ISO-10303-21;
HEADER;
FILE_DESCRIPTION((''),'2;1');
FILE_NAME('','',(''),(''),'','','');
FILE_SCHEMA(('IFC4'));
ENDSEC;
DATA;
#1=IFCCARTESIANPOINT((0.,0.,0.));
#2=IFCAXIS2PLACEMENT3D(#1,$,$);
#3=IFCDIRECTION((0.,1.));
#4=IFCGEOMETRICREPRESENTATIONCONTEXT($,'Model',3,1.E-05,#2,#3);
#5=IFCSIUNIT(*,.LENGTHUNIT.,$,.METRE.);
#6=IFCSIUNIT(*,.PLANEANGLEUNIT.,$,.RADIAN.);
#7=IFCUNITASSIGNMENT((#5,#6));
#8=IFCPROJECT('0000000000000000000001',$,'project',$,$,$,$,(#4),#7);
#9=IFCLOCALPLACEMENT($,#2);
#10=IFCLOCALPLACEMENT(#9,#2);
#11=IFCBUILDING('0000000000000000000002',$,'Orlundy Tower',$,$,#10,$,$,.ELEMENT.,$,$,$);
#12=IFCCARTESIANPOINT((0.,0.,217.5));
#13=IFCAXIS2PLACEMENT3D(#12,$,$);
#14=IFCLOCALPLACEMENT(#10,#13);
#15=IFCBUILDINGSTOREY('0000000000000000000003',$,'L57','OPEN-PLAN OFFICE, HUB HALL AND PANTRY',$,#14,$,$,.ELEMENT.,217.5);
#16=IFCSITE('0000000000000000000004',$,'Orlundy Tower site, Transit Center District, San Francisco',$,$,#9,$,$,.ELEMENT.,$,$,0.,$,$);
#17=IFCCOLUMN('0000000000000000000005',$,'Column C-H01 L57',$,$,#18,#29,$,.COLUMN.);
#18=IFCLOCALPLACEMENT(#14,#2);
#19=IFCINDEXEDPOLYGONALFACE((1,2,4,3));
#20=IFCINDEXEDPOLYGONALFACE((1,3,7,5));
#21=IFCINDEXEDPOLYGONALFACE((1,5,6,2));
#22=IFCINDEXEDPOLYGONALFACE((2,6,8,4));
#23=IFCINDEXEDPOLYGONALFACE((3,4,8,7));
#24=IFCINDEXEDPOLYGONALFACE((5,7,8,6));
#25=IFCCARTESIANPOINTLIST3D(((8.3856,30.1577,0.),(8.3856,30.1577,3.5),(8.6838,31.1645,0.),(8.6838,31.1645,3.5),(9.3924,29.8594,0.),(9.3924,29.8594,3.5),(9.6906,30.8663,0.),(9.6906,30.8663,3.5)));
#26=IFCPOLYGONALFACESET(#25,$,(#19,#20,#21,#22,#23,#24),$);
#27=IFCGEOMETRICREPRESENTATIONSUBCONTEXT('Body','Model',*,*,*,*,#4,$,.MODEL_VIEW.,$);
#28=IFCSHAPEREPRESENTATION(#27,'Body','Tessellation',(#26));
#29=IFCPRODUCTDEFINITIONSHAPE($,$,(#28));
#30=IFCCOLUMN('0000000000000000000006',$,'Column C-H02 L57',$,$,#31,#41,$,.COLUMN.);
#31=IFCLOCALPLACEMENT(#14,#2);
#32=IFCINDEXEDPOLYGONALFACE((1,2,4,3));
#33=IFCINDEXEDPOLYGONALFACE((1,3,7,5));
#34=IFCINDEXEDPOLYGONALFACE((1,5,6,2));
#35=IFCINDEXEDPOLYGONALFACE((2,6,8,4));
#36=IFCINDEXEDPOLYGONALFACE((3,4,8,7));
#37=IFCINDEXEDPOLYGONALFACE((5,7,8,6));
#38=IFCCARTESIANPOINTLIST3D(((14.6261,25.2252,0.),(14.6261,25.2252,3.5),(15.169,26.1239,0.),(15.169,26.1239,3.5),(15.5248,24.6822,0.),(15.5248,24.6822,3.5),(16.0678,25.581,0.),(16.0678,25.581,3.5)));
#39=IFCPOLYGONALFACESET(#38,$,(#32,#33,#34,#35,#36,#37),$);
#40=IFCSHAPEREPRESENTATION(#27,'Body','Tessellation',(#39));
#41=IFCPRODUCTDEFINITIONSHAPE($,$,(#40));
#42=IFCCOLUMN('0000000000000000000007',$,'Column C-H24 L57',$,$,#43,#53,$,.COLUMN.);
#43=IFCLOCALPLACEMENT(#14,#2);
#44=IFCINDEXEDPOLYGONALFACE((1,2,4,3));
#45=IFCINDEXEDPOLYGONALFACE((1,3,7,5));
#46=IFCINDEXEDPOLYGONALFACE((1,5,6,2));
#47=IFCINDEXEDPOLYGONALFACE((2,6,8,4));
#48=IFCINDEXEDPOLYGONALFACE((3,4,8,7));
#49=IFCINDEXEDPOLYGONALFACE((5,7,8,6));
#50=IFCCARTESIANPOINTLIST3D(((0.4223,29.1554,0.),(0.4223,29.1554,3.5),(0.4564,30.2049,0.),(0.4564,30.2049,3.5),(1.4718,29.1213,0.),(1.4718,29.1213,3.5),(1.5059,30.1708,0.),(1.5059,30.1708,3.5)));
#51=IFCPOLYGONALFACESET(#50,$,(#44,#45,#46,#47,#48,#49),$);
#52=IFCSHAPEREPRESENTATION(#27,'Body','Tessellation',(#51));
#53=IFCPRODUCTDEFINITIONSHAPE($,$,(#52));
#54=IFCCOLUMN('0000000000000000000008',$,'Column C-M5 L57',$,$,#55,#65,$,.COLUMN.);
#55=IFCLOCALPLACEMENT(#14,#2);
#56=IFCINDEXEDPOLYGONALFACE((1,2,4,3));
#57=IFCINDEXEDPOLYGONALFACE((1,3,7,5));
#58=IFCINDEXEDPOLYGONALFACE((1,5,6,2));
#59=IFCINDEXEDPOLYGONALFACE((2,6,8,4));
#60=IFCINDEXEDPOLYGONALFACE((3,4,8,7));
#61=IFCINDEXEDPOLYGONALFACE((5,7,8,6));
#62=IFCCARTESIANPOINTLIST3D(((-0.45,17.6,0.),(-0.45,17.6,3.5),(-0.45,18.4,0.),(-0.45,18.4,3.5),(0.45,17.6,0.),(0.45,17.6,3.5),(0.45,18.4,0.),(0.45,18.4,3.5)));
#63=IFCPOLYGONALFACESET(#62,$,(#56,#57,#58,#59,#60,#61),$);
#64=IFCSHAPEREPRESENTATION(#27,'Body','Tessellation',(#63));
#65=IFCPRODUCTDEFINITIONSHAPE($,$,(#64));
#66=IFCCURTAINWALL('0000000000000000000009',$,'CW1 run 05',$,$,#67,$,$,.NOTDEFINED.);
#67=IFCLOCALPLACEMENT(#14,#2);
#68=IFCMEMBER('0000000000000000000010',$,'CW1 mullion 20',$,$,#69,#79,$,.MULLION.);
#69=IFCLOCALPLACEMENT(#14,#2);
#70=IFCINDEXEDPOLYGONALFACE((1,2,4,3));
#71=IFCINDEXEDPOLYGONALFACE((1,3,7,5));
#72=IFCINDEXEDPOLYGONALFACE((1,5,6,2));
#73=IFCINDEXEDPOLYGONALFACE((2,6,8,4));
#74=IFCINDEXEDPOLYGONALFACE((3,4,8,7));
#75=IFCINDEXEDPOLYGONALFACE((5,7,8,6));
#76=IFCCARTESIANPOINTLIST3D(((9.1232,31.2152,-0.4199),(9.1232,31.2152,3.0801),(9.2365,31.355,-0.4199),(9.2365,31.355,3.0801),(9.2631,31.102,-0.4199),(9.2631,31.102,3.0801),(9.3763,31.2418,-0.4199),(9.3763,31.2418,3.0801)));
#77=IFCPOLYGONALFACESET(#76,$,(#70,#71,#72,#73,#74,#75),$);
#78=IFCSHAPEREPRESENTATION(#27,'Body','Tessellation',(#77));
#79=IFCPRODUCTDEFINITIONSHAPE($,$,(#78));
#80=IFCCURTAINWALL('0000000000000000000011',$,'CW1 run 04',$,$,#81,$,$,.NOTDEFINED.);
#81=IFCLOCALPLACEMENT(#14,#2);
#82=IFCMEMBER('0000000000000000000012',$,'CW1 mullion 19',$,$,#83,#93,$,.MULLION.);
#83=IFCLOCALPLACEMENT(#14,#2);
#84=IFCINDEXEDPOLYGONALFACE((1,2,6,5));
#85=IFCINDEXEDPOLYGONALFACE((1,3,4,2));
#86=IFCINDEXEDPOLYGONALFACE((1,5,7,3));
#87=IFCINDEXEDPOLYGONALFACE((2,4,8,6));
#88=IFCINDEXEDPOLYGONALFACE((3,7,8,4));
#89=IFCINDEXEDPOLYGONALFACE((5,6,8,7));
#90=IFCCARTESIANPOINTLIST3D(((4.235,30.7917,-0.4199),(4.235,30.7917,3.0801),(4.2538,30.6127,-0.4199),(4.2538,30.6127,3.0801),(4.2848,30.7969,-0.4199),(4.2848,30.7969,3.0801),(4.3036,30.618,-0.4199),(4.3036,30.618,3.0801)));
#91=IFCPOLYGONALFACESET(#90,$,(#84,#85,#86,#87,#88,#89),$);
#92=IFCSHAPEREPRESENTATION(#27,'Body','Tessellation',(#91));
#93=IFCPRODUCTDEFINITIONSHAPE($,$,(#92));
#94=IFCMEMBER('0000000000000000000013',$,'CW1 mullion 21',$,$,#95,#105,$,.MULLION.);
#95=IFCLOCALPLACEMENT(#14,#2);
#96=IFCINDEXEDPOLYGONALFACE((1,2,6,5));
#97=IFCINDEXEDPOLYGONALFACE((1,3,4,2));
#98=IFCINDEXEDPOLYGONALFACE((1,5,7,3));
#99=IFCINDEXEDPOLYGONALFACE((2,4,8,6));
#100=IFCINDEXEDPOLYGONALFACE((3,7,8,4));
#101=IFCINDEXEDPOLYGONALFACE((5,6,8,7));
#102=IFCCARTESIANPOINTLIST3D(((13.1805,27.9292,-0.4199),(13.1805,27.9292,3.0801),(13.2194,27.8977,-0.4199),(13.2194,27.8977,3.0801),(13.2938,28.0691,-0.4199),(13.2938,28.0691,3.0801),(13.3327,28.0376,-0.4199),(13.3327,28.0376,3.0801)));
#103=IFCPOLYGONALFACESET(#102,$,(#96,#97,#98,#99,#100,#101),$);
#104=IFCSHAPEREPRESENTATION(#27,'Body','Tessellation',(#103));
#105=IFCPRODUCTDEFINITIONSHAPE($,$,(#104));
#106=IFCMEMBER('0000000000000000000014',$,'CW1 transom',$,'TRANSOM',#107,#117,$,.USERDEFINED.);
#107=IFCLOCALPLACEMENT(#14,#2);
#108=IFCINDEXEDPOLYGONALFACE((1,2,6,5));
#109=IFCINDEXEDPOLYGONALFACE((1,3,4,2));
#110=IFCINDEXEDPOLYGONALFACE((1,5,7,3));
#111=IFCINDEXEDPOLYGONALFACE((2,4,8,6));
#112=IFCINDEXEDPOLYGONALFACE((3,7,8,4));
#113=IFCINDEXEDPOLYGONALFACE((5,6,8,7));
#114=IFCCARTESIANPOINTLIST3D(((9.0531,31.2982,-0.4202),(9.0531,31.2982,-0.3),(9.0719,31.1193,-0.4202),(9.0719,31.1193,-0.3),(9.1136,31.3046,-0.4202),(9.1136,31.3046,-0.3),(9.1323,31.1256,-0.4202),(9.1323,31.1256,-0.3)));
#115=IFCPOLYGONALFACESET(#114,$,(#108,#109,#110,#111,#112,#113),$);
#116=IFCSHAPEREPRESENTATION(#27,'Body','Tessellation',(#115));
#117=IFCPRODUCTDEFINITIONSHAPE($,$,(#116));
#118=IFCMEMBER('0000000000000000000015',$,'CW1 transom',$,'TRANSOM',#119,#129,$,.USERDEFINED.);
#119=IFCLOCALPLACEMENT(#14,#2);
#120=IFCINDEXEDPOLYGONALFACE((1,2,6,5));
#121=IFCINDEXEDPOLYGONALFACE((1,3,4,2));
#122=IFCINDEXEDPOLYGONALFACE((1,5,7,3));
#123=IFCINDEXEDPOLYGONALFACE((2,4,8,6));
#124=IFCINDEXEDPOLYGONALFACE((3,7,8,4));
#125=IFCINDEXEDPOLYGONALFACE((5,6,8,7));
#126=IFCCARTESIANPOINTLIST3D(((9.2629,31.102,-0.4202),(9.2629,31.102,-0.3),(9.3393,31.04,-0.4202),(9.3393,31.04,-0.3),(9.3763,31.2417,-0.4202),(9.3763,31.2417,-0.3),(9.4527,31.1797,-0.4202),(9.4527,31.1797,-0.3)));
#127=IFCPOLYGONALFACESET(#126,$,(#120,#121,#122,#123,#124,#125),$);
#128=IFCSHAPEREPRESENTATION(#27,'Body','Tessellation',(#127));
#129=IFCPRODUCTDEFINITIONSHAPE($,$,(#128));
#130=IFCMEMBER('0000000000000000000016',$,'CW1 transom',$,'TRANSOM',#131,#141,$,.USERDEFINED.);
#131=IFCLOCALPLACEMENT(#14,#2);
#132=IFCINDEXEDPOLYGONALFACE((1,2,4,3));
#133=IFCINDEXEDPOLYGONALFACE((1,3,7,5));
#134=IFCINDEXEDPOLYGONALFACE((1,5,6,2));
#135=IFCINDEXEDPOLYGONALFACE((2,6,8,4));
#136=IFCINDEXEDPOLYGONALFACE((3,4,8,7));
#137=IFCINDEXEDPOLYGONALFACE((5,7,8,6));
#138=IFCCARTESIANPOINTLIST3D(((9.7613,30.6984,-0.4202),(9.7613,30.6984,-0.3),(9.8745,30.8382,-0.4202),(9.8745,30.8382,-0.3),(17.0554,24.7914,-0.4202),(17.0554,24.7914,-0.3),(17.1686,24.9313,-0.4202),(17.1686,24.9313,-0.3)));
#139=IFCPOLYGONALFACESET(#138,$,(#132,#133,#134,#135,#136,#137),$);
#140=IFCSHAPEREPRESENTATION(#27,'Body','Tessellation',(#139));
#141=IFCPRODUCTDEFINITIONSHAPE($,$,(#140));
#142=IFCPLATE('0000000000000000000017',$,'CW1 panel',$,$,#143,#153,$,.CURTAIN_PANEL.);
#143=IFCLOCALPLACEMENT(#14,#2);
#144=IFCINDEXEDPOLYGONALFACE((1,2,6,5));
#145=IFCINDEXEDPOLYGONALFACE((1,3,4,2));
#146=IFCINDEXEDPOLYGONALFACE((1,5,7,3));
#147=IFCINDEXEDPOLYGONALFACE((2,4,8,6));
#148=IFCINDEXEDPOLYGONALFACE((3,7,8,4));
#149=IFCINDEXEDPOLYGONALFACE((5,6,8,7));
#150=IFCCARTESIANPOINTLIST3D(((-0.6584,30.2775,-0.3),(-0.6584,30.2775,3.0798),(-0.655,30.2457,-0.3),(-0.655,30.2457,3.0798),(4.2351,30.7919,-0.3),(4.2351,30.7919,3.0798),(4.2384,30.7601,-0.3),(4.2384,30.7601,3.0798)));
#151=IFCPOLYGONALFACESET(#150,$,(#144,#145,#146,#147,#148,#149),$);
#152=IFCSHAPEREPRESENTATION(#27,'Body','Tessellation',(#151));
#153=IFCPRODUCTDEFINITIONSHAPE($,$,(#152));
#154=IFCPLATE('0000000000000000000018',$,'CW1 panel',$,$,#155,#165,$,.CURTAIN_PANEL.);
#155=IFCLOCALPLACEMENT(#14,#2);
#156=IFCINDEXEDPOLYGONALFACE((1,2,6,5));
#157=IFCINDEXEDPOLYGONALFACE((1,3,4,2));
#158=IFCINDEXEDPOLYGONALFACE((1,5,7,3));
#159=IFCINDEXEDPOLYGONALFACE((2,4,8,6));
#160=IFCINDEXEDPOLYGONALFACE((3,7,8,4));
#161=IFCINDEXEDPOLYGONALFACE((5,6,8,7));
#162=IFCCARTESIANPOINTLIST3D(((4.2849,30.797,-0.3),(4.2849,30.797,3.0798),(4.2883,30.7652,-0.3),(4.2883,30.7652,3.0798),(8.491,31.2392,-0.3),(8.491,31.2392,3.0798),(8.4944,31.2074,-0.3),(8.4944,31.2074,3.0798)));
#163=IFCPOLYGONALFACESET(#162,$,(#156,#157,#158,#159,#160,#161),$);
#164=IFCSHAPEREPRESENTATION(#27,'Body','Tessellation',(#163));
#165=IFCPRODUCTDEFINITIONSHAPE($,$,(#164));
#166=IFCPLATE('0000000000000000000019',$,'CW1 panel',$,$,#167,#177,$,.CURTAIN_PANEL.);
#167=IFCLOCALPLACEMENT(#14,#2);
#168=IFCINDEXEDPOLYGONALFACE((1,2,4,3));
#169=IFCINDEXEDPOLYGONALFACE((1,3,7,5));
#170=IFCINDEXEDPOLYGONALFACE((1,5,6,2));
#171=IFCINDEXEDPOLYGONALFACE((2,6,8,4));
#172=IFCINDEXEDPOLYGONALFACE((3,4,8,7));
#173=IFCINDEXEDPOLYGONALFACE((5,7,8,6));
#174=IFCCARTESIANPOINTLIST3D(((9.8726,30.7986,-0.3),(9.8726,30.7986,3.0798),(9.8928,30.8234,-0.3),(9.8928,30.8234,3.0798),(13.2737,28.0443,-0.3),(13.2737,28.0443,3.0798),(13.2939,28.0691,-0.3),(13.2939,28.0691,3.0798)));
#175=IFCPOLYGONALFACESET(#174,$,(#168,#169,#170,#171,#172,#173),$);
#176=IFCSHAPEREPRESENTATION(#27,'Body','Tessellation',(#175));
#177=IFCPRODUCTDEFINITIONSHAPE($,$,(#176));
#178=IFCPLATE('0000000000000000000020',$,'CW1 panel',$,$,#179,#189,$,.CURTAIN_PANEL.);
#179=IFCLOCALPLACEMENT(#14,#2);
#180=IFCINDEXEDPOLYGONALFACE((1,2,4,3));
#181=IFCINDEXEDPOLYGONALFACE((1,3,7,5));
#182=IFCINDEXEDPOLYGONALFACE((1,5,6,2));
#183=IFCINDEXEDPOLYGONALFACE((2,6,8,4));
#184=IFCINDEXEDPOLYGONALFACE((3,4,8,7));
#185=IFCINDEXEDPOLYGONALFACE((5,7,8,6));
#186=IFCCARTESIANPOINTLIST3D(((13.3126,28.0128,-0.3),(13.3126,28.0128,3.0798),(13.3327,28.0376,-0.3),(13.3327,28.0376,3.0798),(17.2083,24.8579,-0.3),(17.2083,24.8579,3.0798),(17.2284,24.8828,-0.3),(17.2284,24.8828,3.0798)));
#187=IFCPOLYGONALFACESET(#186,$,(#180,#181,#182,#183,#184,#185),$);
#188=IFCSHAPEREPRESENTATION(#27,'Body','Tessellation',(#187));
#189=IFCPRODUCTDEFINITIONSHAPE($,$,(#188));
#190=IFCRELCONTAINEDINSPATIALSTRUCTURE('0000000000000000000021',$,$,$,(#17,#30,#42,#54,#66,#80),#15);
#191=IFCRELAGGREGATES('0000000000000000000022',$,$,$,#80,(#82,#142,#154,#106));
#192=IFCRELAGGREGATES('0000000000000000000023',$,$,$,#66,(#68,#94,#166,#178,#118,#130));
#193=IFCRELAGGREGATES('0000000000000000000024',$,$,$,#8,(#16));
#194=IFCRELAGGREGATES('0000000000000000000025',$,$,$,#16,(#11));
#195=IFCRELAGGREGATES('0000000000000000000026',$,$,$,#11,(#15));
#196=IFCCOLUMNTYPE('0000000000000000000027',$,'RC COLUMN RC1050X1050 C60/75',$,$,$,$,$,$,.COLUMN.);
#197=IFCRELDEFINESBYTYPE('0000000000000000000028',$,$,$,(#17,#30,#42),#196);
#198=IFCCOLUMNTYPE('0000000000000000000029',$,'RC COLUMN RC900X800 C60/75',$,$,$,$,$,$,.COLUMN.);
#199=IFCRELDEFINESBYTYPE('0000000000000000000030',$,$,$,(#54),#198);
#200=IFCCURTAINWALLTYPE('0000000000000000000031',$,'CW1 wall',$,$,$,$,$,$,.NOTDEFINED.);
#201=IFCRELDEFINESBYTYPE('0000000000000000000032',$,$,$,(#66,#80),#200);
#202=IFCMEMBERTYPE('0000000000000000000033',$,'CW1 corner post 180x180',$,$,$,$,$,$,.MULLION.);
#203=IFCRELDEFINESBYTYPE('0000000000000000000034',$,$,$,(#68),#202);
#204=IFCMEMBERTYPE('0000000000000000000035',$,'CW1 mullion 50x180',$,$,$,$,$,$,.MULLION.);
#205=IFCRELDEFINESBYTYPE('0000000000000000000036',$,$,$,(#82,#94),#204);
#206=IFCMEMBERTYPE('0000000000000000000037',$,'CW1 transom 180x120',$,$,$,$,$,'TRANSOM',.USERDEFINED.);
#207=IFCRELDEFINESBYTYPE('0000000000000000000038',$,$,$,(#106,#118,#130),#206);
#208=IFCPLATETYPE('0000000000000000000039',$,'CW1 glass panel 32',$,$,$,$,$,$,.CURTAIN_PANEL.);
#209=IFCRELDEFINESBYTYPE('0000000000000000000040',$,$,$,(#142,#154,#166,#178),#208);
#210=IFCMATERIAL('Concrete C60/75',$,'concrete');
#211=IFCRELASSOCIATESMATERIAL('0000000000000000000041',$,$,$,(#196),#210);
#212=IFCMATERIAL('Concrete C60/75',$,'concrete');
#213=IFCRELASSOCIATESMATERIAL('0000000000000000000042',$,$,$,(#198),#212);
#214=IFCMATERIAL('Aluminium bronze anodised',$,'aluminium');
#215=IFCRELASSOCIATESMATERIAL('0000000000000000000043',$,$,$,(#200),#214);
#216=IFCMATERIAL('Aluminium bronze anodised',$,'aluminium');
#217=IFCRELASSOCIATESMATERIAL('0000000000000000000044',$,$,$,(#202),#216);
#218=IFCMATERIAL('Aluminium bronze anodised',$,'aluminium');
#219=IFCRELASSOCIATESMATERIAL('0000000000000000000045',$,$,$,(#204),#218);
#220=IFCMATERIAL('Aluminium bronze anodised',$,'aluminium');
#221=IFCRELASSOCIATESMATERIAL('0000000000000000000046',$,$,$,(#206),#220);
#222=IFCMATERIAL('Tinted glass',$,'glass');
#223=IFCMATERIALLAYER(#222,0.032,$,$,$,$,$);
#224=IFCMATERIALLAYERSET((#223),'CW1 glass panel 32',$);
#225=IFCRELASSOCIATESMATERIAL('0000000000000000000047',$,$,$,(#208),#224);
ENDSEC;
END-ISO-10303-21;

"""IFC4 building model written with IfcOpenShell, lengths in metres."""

from ifc_helpers import new_model, si_unit, direction, frame, origin, origin_2d, place, context, subcontext, project, spatial, rectangle, extrude, material, layer, layer_set, material_profile, profile_set, type_object, element, aggregate, save


model = new_model("IFC4")

# Units and contexts
model_context = context("Model", 3, precision=1e-05, world=origin(), true_north=direction((0.0, 1.0)))
body_context = subcontext(model_context, "Body", "Model", "MODEL_VIEW")
ifc_project = project(units=[si_unit("LENGTHUNIT", "METRE"), si_unit("PLANEANGLEUNIT", "RADIAN")], contexts=[model_context])

# Site, building, storey
site_placement = place(None, origin())
site = spatial("IfcSite", under=ifc_project, at=site_placement, Name="Orlundy Tower site, Transit Center District, San Francisco", CompositionType="ELEMENT", RefElevation=0.0)
building_placement = place(site_placement, origin())
building = spatial("IfcBuilding", under=site, at=building_placement, Name="Orlundy Tower", CompositionType="ELEMENT")
storey_placement = place(building_placement, frame((0.0, 0.0, 217.5)))
storey = spatial("IfcBuildingStorey", under=building, at=storey_placement, Name="L57", Description="OPEN-PLAN OFFICE, HUB HALL AND PANTRY", CompositionType="ELEMENT", Elevation=217.5)

# Columns
ifc_material_1 = material(Name="Concrete C60/75", Category="concrete")
ifc_material_profile_1 = material_profile(ifc_material_1, rectangle(XDim=1.05, YDim=1.05, at=origin_2d()), Name="RC1050X1050")
ifc_profile_set_1 = profile_set([ifc_material_profile_1], Name="Concrete C60/75")
column_type_1 = type_object("IfcColumnType", Name="RC COLUMN RC1050X1050 C60/75", PredefinedType="COLUMN", material=ifc_profile_set_1)
for number, where, z_axis, x_axis, name in (
    (1, (9.0381, 30.512, 0.0), (0.0, 0.0, 1.0), (0.284015, 0.95882, 0.0), "Column C-H01 L57"),
    (2, (15.3469, 25.4031, 0.0), (0.0, 0.0, 1.0), (0.517101, 0.855924, 0.0), "Column C-H02 L57"),
    (3, (0.9641, 29.6631, 0.0), (0.0, 0.0, 1.0), (0.032475, 0.999473, 0.0), "Column C-H24 L57"),
):
    element("IfcColumn", number, at=place(storey_placement, frame(where, z_axis=z_axis, x_axis=x_axis)), inside=storey, type_object=column_type_1, Name=name, PredefinedType="COLUMN", context=body_context, shape_type="SweptSolid", body=[
        extrude(rectangle(XDim=1.05, YDim=1.05, at=origin_2d()), origin(), (0.0, 0.0, 1.0), 3.5),
    ])
ifc_material_2 = material(Name="Concrete C60/75", Category="concrete")
ifc_material_profile_2 = material_profile(ifc_material_2, rectangle(XDim=0.8999, YDim=0.8, at=origin_2d()), Name="RC900X800")
ifc_profile_set_2 = profile_set([ifc_material_profile_2], Name="Concrete C60/75")
column_type_2 = type_object("IfcColumnType", Name="RC COLUMN RC900X800 C60/75", PredefinedType="COLUMN", material=ifc_profile_set_2)
column_placement = place(storey_placement, frame((0.0, 18.0, 0.0), z_axis=(0.0, 0.0, 1.0), x_axis=(1.0, 0.0, 0.0)))
element("IfcColumn", 4, at=column_placement, inside=storey, type_object=column_type_2, Name="Column C-M5 L57", PredefinedType="COLUMN", context=body_context, shape_type="SweptSolid", body=[
    extrude(rectangle(XDim=0.8999, YDim=0.8, at=origin_2d()), origin(), (0.0, 0.0, 1.0), 3.5),
])

# Curtain walls, members
ifc_material_3 = material(Name="Aluminium bronze anodised", Category="aluminium")
curtain_wall_type = type_object("IfcCurtainWallType", Name="CW1 wall", PredefinedType="NOTDEFINED", material=ifc_material_3)
curtain_wall_1_placement = place(storey_placement, origin())
curtain_wall_1 = element("IfcCurtainWall", 5, at=curtain_wall_1_placement, inside=storey, type_object=curtain_wall_type, Name="CW1 run 05", PredefinedType="NOTDEFINED")
ifc_material_4 = material(Name="Aluminium bronze anodised", Category="aluminium")
ifc_material_profile_3 = material_profile(ifc_material_4, rectangle(XDim=0.1799, YDim=0.1799, at=origin_2d()), Name="CW1 corner post 180x180")
ifc_profile_set_3 = profile_set([ifc_material_profile_3], Name="Aluminium bronze anodised")
member_type_1 = type_object("IfcMemberType", Name="CW1 corner post 180x180", PredefinedType="MULLION", material=ifc_profile_set_3)
member_1_placement = place(storey_placement, frame((9.2498, 31.2285, -0.4199), z_axis=(0.0, 0.0, 1.0), x_axis=(0.629342, 0.777129, 0.0)))
member_1 = element("IfcMember", 6, at=member_1_placement, type_object=member_type_1, Name="CW1 mullion 20", PredefinedType="MULLION", context=body_context, shape_type="SweptSolid", body=[
    extrude(rectangle(XDim=0.1799, YDim=0.1799, at=origin_2d()), origin(), (0.0, 0.0, 1.0), 3.5),
])
curtain_wall_2_placement = place(storey_placement, origin())
curtain_wall_2 = element("IfcCurtainWall", 7, at=curtain_wall_2_placement, inside=storey, type_object=curtain_wall_type, Name="CW1 run 04", PredefinedType="NOTDEFINED")
ifc_material_5 = material(Name="Aluminium bronze anodised", Category="aluminium")
ifc_material_profile_4 = material_profile(ifc_material_5, rectangle(XDim=0.1799, YDim=0.05, at=origin_2d()), Name="CW1 mullion 50x180")
ifc_profile_set_4 = profile_set([ifc_material_profile_4], Name="Aluminium bronze anodised")
member_type_2 = type_object("IfcMemberType", Name="CW1 mullion 50x180", PredefinedType="MULLION", material=ifc_profile_set_4)
member_2_placement = place(storey_placement, frame((4.2693, 30.7048, -0.4199), z_axis=(0.0, 0.0, 1.0), x_axis=(-0.104538, 0.994521, 0.0)))
member_2 = element("IfcMember", 8, at=member_2_placement, type_object=member_type_2, Name="CW1 mullion 19", PredefinedType="MULLION", context=body_context, shape_type="SweptSolid", body=[
    extrude(rectangle(XDim=0.1799, YDim=0.05, at=origin_2d()), origin(), (0.0, 0.0, 1.0), 3.5),
])

# Members
member_3_placement = place(storey_placement, frame((13.2566, 27.9834, -0.4199), z_axis=(0.0, 0.0, 1.0), x_axis=(0.629342, 0.777129, 0.0)))
member_3 = element("IfcMember", 9, at=member_3_placement, type_object=member_type_2, Name="CW1 mullion 21", PredefinedType="MULLION", context=body_context, shape_type="SweptSolid", body=[
    extrude(rectangle(XDim=0.1799, YDim=0.05, at=origin_2d()), origin(), (0.0, 0.0, 1.0), 3.5),
])
ifc_material_6 = material(Name="Aluminium bronze anodised", Category="aluminium")
ifc_material_profile_5 = material_profile(ifc_material_6, rectangle(XDim=0.1799, YDim=0.1201, at=origin_2d()), Name="CW1 transom 180x120")
ifc_profile_set_5 = profile_set([ifc_material_profile_5], Name="Aluminium bronze anodised")
member_type_3 = type_object("IfcMemberType", Name="CW1 transom 180x120", ElementType="TRANSOM", PredefinedType="USERDEFINED", material=ifc_profile_set_5)
member_4_placement = place(storey_placement, frame((9.0625, 31.2087, -0.3601), z_axis=(0.994549, 0.104267, 0.0), x_axis=(-0.104267, 0.994549, 0.0)))
member_4 = element("IfcMember", 10, at=member_4_placement, type_object=member_type_3, Name="CW1 transom", ObjectType="TRANSOM", PredefinedType="USERDEFINED", context=body_context, shape_type="SweptSolid", body=[
    extrude(rectangle(XDim=0.1799, YDim=0.1201, at=origin_2d()), origin(), (0.0, 0.0, 1.0), 0.0608),
])
member_5_placement = place(storey_placement, frame((9.3196, 31.1719, -0.3601), z_axis=(0.776493, -0.630126, 0.0), x_axis=(0.630126, 0.776493, 0.0)))
member_5 = element("IfcMember", 11, at=member_5_placement, type_object=member_type_3, Name="CW1 transom", ObjectType="TRANSOM", PredefinedType="USERDEFINED", context=body_context, shape_type="SweptSolid", body=[
    extrude(rectangle(XDim=0.1799, YDim=0.1201, at=origin_2d()), origin(), (0.0, 0.0, 1.0), 0.0984),
])
member_6_placement = place(storey_placement, frame((9.8179, 30.7683, -0.3601), z_axis=(0.777132, -0.629337, 0.0), x_axis=(0.629337, 0.777132, 0.0)))
member_6 = element("IfcMember", 12, at=member_6_placement, type_object=member_type_3, Name="CW1 transom", ObjectType="TRANSOM", PredefinedType="USERDEFINED", context=body_context, shape_type="SweptSolid", body=[
    extrude(rectangle(XDim=0.1799, YDim=0.1201, at=origin_2d()), origin(), (0.0, 0.0, 1.0), 9.386),
])

# Plates
ifc_material_7 = material(Name="Tinted glass", Category="glass")
ifc_layer_1 = layer(ifc_material_7, 0.032)
ifc_layer_set_1 = layer_set([ifc_layer_1], Name="CW1 glass panel 32")
plate_type = type_object("IfcPlateType", Name="CW1 glass panel 32", PredefinedType="CURTAIN_PANEL", material=ifc_layer_set_1)
plate_1_placement = place(storey_placement, frame((1.79, 30.5188, -0.3), z_axis=(0.0, 0.0, 1.0), x_axis=(0.994521, 0.104538, 0.0)))
plate_1 = element("IfcPlate", 13, at=plate_1_placement, type_object=plate_type, Name="CW1 panel", PredefinedType="CURTAIN_PANEL", context=body_context, shape_type="SweptSolid", body=[
    extrude(rectangle(XDim=4.9204, YDim=0.032, at=origin_2d()), origin(), (0.0, 0.0, 1.0), 3.3799),
])
plate_2_placement = place(storey_placement, frame((6.3896, 31.0022, -0.3), z_axis=(0.0, 0.0, 1.0), x_axis=(0.994521, 0.104538, 0.0)))
plate_2 = element("IfcPlate", 14, at=plate_2_placement, type_object=plate_type, Name="CW1 panel", PredefinedType="CURTAIN_PANEL", context=body_context, shape_type="SweptSolid", body=[
    extrude(rectangle(XDim=4.2292, YDim=0.032, at=origin_2d()), origin(), (0.0, 0.0, 1.0), 3.3799),
])
aggregate(curtain_wall_2, [member_2, plate_1, plate_2, member_4])
plate_3_placement = place(storey_placement, frame((11.5833, 29.4338, -0.3), z_axis=(0.0, 0.0, 1.0), x_axis=(0.777129, -0.629342, 0.0)))
plate_3 = element("IfcPlate", 15, at=plate_3_placement, type_object=plate_type, Name="CW1 panel", PredefinedType="CURTAIN_PANEL", context=body_context, shape_type="SweptSolid", body=[
    extrude(rectangle(XDim=4.3765, YDim=0.032, at=origin_2d()), origin(), (0.0, 0.0, 1.0), 3.3799),
])
plate_4_placement = place(storey_placement, frame((15.2705, 26.4478, -0.3), z_axis=(0.0, 0.0, 1.0), x_axis=(0.777129, -0.629342, 0.0)))
plate_4 = element("IfcPlate", 16, at=plate_4_placement, type_object=plate_type, Name="CW1 panel", PredefinedType="CURTAIN_PANEL", context=body_context, shape_type="SweptSolid", body=[
    extrude(rectangle(XDim=5.0129, YDim=0.032, at=origin_2d()), origin(), (0.0, 0.0, 1.0), 3.3799),
])
aggregate(curtain_wall_1, [member_1, member_3, plate_3, plate_4, member_5, member_6])

save(model, "model.ifc")
